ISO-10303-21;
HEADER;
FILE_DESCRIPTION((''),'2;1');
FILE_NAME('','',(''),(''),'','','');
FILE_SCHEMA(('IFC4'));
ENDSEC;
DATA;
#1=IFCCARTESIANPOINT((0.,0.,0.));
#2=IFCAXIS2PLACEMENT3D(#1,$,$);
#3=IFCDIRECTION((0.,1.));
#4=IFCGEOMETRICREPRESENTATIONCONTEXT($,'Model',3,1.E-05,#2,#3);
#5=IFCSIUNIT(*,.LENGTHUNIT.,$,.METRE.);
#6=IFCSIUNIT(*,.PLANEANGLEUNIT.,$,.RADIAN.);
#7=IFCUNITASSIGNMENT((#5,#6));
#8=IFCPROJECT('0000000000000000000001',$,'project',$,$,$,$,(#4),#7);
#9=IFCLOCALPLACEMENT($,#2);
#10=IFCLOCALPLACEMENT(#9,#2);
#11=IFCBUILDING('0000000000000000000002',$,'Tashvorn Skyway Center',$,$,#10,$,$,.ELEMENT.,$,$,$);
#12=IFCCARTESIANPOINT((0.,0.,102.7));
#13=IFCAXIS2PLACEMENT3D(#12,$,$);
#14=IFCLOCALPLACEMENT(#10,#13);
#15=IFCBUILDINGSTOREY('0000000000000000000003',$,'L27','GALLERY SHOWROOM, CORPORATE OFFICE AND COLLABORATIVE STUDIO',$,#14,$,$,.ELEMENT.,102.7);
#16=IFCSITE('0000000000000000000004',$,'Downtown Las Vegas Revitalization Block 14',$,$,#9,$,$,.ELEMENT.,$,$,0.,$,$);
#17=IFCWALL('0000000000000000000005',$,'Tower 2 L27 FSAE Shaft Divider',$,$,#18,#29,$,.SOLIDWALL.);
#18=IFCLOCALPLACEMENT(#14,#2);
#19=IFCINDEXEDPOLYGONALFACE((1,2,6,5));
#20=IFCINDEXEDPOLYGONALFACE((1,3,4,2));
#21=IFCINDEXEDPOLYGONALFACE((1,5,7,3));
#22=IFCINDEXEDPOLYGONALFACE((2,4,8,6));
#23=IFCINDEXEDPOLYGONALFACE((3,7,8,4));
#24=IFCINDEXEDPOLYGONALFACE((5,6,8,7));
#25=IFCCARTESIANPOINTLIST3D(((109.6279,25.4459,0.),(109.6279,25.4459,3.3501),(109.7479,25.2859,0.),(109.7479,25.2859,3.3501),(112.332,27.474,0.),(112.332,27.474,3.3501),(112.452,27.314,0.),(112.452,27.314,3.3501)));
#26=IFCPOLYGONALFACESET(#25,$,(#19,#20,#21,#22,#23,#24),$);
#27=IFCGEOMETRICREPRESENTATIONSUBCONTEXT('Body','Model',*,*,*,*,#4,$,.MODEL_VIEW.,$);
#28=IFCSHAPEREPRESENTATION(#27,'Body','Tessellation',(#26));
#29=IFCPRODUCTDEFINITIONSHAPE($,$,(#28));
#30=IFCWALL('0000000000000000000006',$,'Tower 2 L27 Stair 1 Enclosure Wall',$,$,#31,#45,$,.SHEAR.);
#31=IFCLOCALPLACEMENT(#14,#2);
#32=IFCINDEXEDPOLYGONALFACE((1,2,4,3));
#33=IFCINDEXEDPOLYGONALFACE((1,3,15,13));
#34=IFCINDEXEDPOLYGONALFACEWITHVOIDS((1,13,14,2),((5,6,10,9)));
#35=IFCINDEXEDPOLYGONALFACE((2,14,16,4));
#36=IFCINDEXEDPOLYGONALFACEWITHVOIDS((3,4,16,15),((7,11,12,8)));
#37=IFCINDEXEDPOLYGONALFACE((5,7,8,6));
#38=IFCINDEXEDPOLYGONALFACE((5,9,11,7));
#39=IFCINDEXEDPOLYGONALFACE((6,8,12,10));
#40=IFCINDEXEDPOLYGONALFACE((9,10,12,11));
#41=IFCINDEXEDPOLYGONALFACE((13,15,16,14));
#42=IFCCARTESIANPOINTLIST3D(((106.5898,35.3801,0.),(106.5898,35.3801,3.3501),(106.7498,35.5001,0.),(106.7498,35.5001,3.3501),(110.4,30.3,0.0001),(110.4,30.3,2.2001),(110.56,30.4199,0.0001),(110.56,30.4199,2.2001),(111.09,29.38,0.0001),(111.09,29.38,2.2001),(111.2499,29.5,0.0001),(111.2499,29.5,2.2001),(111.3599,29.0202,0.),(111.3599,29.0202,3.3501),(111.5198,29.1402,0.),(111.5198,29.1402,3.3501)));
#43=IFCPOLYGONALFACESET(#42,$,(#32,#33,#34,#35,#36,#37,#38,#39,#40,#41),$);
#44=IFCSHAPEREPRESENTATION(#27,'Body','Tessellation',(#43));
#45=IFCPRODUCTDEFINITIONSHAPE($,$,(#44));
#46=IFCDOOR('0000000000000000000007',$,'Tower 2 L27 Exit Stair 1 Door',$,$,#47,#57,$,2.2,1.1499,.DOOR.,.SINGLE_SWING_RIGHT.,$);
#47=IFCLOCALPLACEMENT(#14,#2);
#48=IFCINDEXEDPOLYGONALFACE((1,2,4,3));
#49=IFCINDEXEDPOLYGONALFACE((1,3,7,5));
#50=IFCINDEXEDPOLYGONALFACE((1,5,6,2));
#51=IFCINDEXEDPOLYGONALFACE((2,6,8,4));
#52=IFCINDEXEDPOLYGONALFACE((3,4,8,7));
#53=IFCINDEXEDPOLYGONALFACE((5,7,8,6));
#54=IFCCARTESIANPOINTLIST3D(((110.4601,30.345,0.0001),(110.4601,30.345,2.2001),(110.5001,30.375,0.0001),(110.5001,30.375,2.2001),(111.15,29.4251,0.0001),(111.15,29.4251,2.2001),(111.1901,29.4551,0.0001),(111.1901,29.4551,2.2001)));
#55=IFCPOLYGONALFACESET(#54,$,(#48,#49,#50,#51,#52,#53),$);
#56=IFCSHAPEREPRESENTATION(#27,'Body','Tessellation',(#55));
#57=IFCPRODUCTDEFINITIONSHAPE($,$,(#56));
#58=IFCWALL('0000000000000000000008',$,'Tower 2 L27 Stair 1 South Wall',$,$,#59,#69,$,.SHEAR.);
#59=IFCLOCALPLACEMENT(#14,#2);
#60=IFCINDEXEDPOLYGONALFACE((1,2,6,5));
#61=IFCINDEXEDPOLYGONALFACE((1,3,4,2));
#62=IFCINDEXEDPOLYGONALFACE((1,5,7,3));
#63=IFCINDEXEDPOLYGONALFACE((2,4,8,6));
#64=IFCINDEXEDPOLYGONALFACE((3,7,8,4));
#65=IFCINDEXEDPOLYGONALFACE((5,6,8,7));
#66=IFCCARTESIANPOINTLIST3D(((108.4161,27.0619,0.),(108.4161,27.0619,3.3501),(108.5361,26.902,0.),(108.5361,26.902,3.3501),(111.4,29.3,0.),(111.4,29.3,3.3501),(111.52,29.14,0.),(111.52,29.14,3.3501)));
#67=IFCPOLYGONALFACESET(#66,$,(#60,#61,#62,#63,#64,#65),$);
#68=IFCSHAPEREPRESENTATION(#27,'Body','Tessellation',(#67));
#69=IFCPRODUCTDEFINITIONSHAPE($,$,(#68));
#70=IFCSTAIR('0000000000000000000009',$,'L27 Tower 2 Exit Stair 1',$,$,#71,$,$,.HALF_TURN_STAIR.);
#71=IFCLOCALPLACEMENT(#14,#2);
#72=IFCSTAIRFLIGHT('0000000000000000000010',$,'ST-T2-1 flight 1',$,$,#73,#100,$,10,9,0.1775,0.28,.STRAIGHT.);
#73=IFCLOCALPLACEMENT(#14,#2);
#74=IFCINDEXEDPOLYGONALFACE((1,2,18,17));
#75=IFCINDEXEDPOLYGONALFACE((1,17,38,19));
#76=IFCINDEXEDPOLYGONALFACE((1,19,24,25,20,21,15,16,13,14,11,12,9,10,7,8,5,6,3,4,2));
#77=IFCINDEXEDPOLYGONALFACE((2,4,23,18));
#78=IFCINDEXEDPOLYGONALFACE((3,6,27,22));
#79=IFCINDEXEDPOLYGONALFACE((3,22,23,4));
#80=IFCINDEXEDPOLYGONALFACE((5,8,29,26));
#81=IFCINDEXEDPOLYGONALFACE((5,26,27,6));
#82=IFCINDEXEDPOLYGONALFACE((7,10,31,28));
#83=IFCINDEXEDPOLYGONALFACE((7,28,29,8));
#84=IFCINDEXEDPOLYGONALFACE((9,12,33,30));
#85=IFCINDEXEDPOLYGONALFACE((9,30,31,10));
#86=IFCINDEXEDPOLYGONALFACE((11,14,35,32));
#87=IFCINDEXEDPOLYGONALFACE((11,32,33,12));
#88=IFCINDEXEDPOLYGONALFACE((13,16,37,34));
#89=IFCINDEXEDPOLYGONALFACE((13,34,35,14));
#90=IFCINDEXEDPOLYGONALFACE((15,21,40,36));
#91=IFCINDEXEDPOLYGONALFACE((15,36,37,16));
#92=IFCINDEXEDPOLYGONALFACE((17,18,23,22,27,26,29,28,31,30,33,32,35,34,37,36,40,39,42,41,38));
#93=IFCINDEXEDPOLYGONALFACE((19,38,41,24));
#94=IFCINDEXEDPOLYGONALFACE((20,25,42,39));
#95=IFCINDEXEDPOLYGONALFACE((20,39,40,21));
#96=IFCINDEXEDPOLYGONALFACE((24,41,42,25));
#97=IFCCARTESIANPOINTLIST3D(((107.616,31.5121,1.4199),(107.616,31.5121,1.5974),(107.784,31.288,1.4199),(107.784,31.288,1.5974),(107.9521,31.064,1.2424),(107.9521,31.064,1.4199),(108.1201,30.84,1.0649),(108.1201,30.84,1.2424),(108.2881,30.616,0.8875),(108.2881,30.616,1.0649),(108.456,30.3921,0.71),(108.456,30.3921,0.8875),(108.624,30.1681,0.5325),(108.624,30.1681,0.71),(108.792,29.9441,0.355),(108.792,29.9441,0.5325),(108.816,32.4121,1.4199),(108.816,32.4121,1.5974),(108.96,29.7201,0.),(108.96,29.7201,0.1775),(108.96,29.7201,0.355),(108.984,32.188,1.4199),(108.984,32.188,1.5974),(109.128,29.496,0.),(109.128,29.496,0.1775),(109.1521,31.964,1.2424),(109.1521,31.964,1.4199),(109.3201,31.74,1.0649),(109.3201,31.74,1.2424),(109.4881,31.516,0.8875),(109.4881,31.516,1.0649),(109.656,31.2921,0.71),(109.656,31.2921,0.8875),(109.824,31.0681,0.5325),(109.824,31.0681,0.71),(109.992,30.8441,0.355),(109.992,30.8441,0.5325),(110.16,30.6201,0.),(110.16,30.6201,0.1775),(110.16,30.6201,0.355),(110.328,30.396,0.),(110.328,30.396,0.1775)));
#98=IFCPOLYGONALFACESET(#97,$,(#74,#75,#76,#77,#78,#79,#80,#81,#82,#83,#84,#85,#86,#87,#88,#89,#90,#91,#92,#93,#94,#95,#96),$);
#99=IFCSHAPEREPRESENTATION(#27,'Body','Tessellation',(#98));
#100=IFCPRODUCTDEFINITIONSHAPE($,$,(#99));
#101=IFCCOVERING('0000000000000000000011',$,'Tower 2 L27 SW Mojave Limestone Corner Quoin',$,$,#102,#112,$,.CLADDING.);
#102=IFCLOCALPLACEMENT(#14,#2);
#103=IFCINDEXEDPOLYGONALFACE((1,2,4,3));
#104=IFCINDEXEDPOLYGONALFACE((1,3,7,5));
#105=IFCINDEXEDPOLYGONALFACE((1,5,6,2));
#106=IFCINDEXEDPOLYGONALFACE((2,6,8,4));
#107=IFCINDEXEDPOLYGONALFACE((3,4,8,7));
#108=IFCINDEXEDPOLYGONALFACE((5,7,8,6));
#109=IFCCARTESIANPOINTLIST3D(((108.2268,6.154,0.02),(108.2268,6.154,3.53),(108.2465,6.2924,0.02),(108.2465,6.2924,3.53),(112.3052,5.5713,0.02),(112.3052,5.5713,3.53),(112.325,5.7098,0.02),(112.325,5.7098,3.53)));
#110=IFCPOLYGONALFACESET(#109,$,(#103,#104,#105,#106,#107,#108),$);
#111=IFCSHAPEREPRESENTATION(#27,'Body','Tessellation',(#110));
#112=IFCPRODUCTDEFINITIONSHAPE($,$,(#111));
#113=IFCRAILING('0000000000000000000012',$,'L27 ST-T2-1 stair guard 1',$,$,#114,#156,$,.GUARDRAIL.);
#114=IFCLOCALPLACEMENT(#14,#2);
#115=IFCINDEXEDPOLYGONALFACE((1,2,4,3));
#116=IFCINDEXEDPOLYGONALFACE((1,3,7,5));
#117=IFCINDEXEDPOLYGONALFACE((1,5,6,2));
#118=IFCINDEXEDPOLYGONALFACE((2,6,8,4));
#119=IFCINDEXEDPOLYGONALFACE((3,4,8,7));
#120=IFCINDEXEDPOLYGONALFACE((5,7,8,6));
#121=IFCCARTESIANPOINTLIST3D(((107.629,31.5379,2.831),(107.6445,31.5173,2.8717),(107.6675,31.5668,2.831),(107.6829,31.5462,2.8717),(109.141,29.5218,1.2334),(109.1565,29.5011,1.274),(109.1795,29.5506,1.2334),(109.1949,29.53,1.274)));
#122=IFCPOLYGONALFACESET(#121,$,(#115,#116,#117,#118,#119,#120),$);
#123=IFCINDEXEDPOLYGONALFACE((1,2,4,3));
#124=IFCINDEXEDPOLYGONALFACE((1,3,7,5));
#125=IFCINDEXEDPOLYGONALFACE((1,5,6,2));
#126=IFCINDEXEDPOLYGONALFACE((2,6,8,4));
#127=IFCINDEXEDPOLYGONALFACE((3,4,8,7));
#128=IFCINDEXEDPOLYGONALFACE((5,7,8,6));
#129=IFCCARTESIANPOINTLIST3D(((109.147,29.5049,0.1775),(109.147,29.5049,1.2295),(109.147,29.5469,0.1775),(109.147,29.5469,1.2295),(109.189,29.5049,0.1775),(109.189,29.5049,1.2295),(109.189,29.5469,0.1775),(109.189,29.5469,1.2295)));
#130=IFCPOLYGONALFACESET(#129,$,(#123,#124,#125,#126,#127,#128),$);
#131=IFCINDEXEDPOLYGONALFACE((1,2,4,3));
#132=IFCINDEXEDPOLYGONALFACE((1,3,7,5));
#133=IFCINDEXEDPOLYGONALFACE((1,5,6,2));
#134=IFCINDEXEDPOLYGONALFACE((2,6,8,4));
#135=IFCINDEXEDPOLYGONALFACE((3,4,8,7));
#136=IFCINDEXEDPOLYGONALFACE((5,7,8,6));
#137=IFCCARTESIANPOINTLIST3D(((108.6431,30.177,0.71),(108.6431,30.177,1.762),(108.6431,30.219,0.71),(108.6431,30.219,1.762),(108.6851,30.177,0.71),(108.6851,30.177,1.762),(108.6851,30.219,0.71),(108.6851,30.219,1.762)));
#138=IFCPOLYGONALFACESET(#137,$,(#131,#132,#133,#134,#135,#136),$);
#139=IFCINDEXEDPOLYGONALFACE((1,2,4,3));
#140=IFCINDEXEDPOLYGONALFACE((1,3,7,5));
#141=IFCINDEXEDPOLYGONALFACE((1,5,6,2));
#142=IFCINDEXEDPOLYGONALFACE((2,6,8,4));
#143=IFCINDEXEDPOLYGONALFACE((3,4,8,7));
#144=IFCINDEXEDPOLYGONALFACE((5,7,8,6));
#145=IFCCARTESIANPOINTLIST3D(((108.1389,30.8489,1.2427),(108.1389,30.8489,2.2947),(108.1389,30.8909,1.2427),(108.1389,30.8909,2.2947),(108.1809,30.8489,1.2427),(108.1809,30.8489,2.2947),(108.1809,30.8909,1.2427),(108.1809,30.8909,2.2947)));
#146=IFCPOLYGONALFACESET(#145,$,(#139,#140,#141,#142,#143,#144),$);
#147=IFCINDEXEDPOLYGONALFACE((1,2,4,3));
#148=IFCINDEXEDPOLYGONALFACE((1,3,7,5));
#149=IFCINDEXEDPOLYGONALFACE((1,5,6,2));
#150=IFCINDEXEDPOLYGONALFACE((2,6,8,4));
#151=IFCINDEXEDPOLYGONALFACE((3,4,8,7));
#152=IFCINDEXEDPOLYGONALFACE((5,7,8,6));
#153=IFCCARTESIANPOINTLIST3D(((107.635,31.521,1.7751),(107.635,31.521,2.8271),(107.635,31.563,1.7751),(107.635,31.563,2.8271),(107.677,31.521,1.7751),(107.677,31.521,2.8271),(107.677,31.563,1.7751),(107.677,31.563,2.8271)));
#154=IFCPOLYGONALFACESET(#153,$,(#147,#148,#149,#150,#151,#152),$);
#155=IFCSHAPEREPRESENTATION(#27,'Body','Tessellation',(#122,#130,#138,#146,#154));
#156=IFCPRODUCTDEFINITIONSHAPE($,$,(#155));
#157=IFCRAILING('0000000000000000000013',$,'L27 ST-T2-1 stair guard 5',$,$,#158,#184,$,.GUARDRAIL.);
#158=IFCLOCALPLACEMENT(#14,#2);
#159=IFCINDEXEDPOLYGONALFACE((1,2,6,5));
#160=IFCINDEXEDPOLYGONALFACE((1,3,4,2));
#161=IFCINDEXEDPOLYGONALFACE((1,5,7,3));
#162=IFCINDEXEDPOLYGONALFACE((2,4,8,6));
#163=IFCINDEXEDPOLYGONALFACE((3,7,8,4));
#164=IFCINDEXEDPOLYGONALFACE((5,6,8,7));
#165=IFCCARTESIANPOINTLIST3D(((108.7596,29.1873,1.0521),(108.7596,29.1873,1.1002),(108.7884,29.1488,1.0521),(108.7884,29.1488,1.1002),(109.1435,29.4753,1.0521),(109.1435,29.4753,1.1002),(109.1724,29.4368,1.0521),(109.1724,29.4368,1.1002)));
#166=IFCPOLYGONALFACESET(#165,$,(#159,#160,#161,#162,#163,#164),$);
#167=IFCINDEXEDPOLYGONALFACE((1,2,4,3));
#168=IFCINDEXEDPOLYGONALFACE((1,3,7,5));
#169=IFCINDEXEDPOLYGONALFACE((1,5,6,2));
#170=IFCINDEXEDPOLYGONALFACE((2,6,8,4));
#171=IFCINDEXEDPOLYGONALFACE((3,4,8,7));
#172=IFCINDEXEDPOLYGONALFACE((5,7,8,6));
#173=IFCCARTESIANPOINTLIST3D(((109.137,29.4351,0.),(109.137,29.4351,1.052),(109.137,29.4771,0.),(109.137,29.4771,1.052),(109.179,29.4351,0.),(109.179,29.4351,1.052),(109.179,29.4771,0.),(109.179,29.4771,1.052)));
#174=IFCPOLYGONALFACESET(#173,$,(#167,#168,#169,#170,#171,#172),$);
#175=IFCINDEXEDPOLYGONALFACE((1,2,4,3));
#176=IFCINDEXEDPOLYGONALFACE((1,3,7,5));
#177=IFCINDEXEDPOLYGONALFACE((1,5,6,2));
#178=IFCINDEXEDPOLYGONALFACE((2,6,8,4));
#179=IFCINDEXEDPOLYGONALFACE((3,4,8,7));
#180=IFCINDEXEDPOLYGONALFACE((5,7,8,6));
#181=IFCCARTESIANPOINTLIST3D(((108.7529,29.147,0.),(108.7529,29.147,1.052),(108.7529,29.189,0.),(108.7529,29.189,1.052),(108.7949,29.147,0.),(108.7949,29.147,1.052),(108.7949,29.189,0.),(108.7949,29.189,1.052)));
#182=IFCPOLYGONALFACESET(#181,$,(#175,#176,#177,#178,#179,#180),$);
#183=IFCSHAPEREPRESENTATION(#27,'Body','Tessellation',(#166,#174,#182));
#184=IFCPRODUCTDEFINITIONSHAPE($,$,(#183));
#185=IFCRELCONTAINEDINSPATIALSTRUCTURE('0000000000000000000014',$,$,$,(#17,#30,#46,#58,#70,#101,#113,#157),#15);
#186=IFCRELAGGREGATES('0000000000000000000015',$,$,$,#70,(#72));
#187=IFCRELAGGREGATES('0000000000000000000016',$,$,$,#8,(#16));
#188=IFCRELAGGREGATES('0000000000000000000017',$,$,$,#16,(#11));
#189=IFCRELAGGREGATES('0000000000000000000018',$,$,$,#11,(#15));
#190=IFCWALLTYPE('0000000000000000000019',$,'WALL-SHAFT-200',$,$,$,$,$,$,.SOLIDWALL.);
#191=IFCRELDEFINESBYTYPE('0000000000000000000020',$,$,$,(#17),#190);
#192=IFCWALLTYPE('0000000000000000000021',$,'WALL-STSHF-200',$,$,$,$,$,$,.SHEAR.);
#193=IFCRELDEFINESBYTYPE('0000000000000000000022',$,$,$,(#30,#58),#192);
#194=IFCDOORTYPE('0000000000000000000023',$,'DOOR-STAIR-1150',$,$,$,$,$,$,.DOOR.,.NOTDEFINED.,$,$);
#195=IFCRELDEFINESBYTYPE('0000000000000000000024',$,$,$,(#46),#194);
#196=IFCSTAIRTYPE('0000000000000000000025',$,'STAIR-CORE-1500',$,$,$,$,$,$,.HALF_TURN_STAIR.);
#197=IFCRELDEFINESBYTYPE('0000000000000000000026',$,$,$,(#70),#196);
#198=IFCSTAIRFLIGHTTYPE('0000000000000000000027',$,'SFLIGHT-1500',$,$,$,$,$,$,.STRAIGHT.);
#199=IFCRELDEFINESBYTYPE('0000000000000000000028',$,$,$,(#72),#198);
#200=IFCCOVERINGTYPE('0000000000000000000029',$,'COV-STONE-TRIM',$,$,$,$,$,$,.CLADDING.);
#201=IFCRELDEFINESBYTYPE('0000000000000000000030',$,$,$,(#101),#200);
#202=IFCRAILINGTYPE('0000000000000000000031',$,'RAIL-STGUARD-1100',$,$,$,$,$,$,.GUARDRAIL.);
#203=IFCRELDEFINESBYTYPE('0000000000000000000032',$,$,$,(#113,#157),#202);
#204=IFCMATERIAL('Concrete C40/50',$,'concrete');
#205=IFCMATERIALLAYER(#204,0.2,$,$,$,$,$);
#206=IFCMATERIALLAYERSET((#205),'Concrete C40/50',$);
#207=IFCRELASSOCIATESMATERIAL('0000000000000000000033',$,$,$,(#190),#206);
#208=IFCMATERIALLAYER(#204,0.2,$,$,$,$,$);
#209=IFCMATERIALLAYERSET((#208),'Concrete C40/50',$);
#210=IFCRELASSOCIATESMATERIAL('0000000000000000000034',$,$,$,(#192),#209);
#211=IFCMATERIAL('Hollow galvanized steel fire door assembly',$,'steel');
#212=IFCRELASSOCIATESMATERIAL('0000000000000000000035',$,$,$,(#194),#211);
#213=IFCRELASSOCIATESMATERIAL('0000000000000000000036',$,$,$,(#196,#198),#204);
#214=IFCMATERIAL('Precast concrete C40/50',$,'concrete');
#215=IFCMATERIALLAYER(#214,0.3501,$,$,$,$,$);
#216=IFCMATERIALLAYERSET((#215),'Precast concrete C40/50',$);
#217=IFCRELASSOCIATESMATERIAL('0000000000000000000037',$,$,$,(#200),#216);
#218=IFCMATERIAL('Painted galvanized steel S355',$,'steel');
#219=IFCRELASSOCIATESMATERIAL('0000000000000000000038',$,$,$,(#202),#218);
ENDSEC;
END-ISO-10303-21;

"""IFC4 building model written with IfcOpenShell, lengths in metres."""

from ifc_helpers import new_model, si_unit, direction, frame, frame_2d, origin, origin_2d, place, context, subcontext, project, spatial, polyline, rectangle, outline, extrude, material, layer, layer_set, type_object, element, fill, aggregate, save


model = new_model("IFC4")

# Units and contexts
model_context = context("Model", 3, precision=1e-05, world=origin(), true_north=direction((0.0, 1.0)))
body_context = subcontext(model_context, "Body", "Model", "MODEL_VIEW")
ifc_project = project(units=[si_unit("LENGTHUNIT", "METRE"), si_unit("PLANEANGLEUNIT", "RADIAN")], contexts=[model_context])

# Site, building, storey
site_placement = place(None, origin())
site = spatial("IfcSite", under=ifc_project, at=site_placement, Name="Downtown Las Vegas Revitalization Block 14", CompositionType="ELEMENT", RefElevation=0.0)
building_placement = place(site_placement, origin())
building = spatial("IfcBuilding", under=site, at=building_placement, Name="Tashvorn Skyway Center", CompositionType="ELEMENT")
storey_placement = place(building_placement, frame((0.0, 0.0, 102.7)))
storey = spatial("IfcBuildingStorey", under=building, at=storey_placement, Name="L27", Description="GALLERY SHOWROOM, CORPORATE OFFICE AND COLLABORATIVE STUDIO", CompositionType="ELEMENT", Elevation=102.7)

# Shared definitions
ifc_material_1 = material(Name="Precast concrete C40/50", Category="concrete")

# Wall
ifc_material_2 = material(Name="Concrete C40/50", Category="concrete")
ifc_layer_1 = layer(ifc_material_2, 0.2)
ifc_layer_set_1 = layer_set([ifc_layer_1], Name="Concrete C40/50")
wall_type_1 = type_object("IfcWallType", Name="WALL-SHAFT-200", PredefinedType="SOLIDWALL", material=ifc_layer_set_1)
for number, where, z_axis, x_axis, name in (
    (1, (109.688, 25.366, 0.0), (0.0, 0.0, 1.0), (0.8, 0.6, 0.0), "Tower 2 L27 FSAE Shaft Divider"),
):
    element("IfcWall", number, at=place(storey_placement, frame(where, z_axis=z_axis, x_axis=x_axis)), inside=storey, type_object=wall_type_1, Name=name, PredefinedType="SOLIDWALL", context=body_context, shape_type="SweptSolid", body=[
        extrude(rectangle(XDim=3.3801, YDim=0.2, at=frame_2d((1.6899, 0.0))), origin(), (0.0, 0.0, 1.0), 3.3501),
    ])

# Wall, opening, door
ifc_layer_2 = layer(ifc_material_2, 0.2)
ifc_layer_set_2 = layer_set([ifc_layer_2], Name="Concrete C40/50")
wall_type_2 = type_object("IfcWallType", Name="WALL-STSHF-200", PredefinedType="SHEAR", material=ifc_layer_set_2)
wall_1_placement = place(storey_placement, frame((111.4399, 29.0801, 0.0), z_axis=(0.0, 0.0, 1.0), x_axis=(-0.60001, 0.799993, 0.0)))
wall_1 = element("IfcWall", 2, at=wall_1_placement, inside=storey, type_object=wall_type_2, Name="Tower 2 L27 Stair 1 Enclosure Wall", PredefinedType="SHEAR", context=body_context, shape_type="SweptSolid", body=[
    extrude(rectangle(XDim=7.95, YDim=0.2, at=frame_2d((3.9751, 0.0))), origin(), (0.0, 0.0, 1.0), 3.3501),
])
opening_1_placement = place(wall_1_placement, frame((0.45, 0.0, 0.0)))
opening_1 = element("IfcOpeningElement", 3, at=opening_1_placement, cuts=wall_1, PredefinedType="OPENING", context=body_context, shape_type="SweptSolid", body=[
    extrude(rectangle(XDim=1.1499, YDim=2.2, at=frame_2d((0.575, 1.1001))), frame((0.0, 0.1099, 0.0), z_axis=(0.0, -1.0, 0.0), x_axis=(1.0, 0.0, 0.0)), (0.0, 0.0, 1.0), 0.22),
])
ifc_material_3 = material(Name="Hollow galvanized steel fire door assembly", Category="steel")
door_type_1 = type_object("IfcDoorType", Name="DOOR-STAIR-1150", OperationType="NOTDEFINED", PredefinedType="DOOR", material=ifc_material_3)
door_1_placement = place(opening_1_placement, origin())
door_1 = element("IfcDoor", 4, at=door_1_placement, inside=storey, type_object=door_type_1, Name="Tower 2 L27 Exit Stair 1 Door", OperationType="SINGLE_SWING_RIGHT", OverallHeight=2.2, OverallWidth=1.1499, PredefinedType="DOOR", context=body_context, shape_type="SweptSolid", body=[
    extrude(rectangle(XDim=1.1499, YDim=2.2, at=frame_2d((0.575, 1.1001))), frame((0.0, 0.0249, 0.0), z_axis=(0.0, -1.0, 0.0), x_axis=(1.0, 0.0, 0.0)), (0.0, 0.0, 1.0), 0.05),
])
fill(opening_1, door_1)

# Wall
wall_2_placement = place(storey_placement, frame((108.4761, 26.9819, 0.0), z_axis=(0.0, 0.0, 1.0), x_axis=(0.799984, 0.600021, 0.0)))
element("IfcWall", 5, at=wall_2_placement, inside=storey, type_object=wall_type_2, Name="Tower 2 L27 Stair 1 South Wall", PredefinedType="SHEAR", context=body_context, shape_type="SweptSolid", body=[
    extrude(rectangle(XDim=3.73, YDim=0.2, at=frame_2d((1.865, 0.0))), origin(), (0.0, 0.0, 1.0), 3.3501),
])

# Stair, stair flight
stair_type = type_object("IfcStairType", Name="STAIR-CORE-1500", PredefinedType="HALF_TURN_STAIR", material=ifc_material_2)
stair_placement = place(storey_placement, origin())
stair = element("IfcStair", 6, at=stair_placement, inside=storey, type_object=stair_type, Name="L27 Tower 2 Exit Stair 1", PredefinedType="HALF_TURN_STAIR")
stair_flight_type = type_object("IfcStairFlightType", Name="SFLIGHT-1500", PredefinedType="STRAIGHT", material=ifc_material_2)
stair_flight_placement = place(storey_placement, frame((109.728, 29.946, 0.0), z_axis=(0.0, 0.0, 1.0), x_axis=(-0.6, 0.8, 0.0)))
stair_flight = element("IfcStairFlight", 7, at=stair_flight_placement, type_object=stair_flight_type, Name="ST-T2-1 flight 1", NumberOfRisers=10, NumberOfTreads=9, PredefinedType="STRAIGHT", RiserHeight=0.1775, TreadLength=0.28, context=body_context, shape_type="SweptSolid", body=[
    extrude(outline(polyline([(0.0, 0.0), (0.0, 0.1775), (0.28, 0.1775), (0.28, 0.355), (0.5601, 0.355), (0.5601, 0.5325), (0.8401, 0.5325), (0.8401, 0.71), (1.1201, 0.71), (1.1201, 0.8875), (1.3999, 0.8875), (1.3999, 1.0649), (1.6799, 1.0649), (1.6799, 1.2424), (1.96, 1.2424), (1.96, 1.4199), (2.24, 1.4199), (2.24, 1.5974), (2.52, 1.5974), (2.52, 1.7749), (2.52, 1.4199), (0.28, 0.0), (0.0, 0.0)])), frame((0.0, 0.75, 0.0), z_axis=(0.0, -1.0, 0.0), x_axis=(1.0, 0.0, 0.0)), (0.0, 0.0, 1.0), 1.5),
])
aggregate(stair, [stair_flight])

# Covering
ifc_layer_3 = layer(ifc_material_1, 0.3501)
ifc_layer_set_3 = layer_set([ifc_layer_3], Name="Precast concrete C40/50")
covering_type = type_object("IfcCoveringType", Name="COV-STONE-TRIM", PredefinedType="CLADDING", material=ifc_layer_set_3)
covering_placement = place(storey_placement, frame((110.2759, 5.9319, 0.02), z_axis=(0.0, 0.0, 1.0), x_axis=(-0.989949, 0.141421, 0.0)))
element("IfcCovering", 8, at=covering_placement, inside=storey, type_object=covering_type, Name="Tower 2 L27 SW Mojave Limestone Corner Quoin", PredefinedType="CLADDING", context=body_context, shape_type="SweptSolid", body=[
    extrude(rectangle(XDim=4.1199, YDim=0.1399, at=origin_2d()), origin(), (0.0, 0.0, 1.0), 3.51),
])

# Railings
ifc_material_4 = material(Name="Painted galvanized steel S355", Category="steel")
railing_type = type_object("IfcRailingType", Name="RAIL-STGUARD-1100", PredefinedType="GUARDRAIL", material=ifc_material_4)
railing_1_placement = place(storey_placement, frame((109.168, 29.5259, 0.1775)))
element("IfcRailing", 9, at=railing_1_placement, inside=storey, type_object=railing_type, Name="L27 ST-T2-1 stair guard 1", PredefinedType="GUARDRAIL", context=body_context, shape_type="SweptSolid", body=[
    extrude(rectangle(XDim=0.0481, YDim=0.0481, at=origin_2d()), frame((0.0, 0.0, 1.0762), z_axis=(-0.506719, 0.675679, 0.535438), x_axis=(-0.800023, -0.599969, 0.0)), (0.0, 0.0, 1.0), 2.9839),
    extrude(rectangle(XDim=0.042, YDim=0.042, at=origin_2d()), origin(), (0.0, 0.0, 1.0), 1.052),
    extrude(rectangle(XDim=0.042, YDim=0.042, at=origin_2d()), frame((-0.5039, 0.6721, 0.5325)), (0.0, 0.0, 1.0), 1.052),
    extrude(rectangle(XDim=0.042, YDim=0.042, at=origin_2d()), frame((-1.0081, 1.344, 1.0652)), (0.0, 0.0, 1.0), 1.052),
    extrude(rectangle(XDim=0.042, YDim=0.042, at=origin_2d()), frame((-1.512, 2.0161, 1.5977)), (0.0, 0.0, 1.0), 1.052),
])
railing_2_placement = place(storey_placement, frame((109.158, 29.4561, 0.0)))
element("IfcRailing", 10, at=railing_2_placement, inside=storey, type_object=railing_type, Name="L27 ST-T2-1 stair guard 5", PredefinedType="GUARDRAIL", context=body_context, shape_type="SweptSolid", body=[
    extrude(rectangle(XDim=0.0481, YDim=0.0481, at=origin_2d()), frame((0.0, 0.0, 1.0762), z_axis=(-0.799939, -0.600081, 0.0), x_axis=(0.600081, -0.799939, 0.0)), (0.0, 0.0, 1.0), 0.48),
    extrude(rectangle(XDim=0.042, YDim=0.042, at=origin_2d()), origin(), (0.0, 0.0, 1.0), 1.052),
    extrude(rectangle(XDim=0.042, YDim=0.042, at=origin_2d()), frame((-0.384, -0.2881, 0.0)), (0.0, 0.0, 1.0), 1.052),
])

save(model, "model.ifc")
